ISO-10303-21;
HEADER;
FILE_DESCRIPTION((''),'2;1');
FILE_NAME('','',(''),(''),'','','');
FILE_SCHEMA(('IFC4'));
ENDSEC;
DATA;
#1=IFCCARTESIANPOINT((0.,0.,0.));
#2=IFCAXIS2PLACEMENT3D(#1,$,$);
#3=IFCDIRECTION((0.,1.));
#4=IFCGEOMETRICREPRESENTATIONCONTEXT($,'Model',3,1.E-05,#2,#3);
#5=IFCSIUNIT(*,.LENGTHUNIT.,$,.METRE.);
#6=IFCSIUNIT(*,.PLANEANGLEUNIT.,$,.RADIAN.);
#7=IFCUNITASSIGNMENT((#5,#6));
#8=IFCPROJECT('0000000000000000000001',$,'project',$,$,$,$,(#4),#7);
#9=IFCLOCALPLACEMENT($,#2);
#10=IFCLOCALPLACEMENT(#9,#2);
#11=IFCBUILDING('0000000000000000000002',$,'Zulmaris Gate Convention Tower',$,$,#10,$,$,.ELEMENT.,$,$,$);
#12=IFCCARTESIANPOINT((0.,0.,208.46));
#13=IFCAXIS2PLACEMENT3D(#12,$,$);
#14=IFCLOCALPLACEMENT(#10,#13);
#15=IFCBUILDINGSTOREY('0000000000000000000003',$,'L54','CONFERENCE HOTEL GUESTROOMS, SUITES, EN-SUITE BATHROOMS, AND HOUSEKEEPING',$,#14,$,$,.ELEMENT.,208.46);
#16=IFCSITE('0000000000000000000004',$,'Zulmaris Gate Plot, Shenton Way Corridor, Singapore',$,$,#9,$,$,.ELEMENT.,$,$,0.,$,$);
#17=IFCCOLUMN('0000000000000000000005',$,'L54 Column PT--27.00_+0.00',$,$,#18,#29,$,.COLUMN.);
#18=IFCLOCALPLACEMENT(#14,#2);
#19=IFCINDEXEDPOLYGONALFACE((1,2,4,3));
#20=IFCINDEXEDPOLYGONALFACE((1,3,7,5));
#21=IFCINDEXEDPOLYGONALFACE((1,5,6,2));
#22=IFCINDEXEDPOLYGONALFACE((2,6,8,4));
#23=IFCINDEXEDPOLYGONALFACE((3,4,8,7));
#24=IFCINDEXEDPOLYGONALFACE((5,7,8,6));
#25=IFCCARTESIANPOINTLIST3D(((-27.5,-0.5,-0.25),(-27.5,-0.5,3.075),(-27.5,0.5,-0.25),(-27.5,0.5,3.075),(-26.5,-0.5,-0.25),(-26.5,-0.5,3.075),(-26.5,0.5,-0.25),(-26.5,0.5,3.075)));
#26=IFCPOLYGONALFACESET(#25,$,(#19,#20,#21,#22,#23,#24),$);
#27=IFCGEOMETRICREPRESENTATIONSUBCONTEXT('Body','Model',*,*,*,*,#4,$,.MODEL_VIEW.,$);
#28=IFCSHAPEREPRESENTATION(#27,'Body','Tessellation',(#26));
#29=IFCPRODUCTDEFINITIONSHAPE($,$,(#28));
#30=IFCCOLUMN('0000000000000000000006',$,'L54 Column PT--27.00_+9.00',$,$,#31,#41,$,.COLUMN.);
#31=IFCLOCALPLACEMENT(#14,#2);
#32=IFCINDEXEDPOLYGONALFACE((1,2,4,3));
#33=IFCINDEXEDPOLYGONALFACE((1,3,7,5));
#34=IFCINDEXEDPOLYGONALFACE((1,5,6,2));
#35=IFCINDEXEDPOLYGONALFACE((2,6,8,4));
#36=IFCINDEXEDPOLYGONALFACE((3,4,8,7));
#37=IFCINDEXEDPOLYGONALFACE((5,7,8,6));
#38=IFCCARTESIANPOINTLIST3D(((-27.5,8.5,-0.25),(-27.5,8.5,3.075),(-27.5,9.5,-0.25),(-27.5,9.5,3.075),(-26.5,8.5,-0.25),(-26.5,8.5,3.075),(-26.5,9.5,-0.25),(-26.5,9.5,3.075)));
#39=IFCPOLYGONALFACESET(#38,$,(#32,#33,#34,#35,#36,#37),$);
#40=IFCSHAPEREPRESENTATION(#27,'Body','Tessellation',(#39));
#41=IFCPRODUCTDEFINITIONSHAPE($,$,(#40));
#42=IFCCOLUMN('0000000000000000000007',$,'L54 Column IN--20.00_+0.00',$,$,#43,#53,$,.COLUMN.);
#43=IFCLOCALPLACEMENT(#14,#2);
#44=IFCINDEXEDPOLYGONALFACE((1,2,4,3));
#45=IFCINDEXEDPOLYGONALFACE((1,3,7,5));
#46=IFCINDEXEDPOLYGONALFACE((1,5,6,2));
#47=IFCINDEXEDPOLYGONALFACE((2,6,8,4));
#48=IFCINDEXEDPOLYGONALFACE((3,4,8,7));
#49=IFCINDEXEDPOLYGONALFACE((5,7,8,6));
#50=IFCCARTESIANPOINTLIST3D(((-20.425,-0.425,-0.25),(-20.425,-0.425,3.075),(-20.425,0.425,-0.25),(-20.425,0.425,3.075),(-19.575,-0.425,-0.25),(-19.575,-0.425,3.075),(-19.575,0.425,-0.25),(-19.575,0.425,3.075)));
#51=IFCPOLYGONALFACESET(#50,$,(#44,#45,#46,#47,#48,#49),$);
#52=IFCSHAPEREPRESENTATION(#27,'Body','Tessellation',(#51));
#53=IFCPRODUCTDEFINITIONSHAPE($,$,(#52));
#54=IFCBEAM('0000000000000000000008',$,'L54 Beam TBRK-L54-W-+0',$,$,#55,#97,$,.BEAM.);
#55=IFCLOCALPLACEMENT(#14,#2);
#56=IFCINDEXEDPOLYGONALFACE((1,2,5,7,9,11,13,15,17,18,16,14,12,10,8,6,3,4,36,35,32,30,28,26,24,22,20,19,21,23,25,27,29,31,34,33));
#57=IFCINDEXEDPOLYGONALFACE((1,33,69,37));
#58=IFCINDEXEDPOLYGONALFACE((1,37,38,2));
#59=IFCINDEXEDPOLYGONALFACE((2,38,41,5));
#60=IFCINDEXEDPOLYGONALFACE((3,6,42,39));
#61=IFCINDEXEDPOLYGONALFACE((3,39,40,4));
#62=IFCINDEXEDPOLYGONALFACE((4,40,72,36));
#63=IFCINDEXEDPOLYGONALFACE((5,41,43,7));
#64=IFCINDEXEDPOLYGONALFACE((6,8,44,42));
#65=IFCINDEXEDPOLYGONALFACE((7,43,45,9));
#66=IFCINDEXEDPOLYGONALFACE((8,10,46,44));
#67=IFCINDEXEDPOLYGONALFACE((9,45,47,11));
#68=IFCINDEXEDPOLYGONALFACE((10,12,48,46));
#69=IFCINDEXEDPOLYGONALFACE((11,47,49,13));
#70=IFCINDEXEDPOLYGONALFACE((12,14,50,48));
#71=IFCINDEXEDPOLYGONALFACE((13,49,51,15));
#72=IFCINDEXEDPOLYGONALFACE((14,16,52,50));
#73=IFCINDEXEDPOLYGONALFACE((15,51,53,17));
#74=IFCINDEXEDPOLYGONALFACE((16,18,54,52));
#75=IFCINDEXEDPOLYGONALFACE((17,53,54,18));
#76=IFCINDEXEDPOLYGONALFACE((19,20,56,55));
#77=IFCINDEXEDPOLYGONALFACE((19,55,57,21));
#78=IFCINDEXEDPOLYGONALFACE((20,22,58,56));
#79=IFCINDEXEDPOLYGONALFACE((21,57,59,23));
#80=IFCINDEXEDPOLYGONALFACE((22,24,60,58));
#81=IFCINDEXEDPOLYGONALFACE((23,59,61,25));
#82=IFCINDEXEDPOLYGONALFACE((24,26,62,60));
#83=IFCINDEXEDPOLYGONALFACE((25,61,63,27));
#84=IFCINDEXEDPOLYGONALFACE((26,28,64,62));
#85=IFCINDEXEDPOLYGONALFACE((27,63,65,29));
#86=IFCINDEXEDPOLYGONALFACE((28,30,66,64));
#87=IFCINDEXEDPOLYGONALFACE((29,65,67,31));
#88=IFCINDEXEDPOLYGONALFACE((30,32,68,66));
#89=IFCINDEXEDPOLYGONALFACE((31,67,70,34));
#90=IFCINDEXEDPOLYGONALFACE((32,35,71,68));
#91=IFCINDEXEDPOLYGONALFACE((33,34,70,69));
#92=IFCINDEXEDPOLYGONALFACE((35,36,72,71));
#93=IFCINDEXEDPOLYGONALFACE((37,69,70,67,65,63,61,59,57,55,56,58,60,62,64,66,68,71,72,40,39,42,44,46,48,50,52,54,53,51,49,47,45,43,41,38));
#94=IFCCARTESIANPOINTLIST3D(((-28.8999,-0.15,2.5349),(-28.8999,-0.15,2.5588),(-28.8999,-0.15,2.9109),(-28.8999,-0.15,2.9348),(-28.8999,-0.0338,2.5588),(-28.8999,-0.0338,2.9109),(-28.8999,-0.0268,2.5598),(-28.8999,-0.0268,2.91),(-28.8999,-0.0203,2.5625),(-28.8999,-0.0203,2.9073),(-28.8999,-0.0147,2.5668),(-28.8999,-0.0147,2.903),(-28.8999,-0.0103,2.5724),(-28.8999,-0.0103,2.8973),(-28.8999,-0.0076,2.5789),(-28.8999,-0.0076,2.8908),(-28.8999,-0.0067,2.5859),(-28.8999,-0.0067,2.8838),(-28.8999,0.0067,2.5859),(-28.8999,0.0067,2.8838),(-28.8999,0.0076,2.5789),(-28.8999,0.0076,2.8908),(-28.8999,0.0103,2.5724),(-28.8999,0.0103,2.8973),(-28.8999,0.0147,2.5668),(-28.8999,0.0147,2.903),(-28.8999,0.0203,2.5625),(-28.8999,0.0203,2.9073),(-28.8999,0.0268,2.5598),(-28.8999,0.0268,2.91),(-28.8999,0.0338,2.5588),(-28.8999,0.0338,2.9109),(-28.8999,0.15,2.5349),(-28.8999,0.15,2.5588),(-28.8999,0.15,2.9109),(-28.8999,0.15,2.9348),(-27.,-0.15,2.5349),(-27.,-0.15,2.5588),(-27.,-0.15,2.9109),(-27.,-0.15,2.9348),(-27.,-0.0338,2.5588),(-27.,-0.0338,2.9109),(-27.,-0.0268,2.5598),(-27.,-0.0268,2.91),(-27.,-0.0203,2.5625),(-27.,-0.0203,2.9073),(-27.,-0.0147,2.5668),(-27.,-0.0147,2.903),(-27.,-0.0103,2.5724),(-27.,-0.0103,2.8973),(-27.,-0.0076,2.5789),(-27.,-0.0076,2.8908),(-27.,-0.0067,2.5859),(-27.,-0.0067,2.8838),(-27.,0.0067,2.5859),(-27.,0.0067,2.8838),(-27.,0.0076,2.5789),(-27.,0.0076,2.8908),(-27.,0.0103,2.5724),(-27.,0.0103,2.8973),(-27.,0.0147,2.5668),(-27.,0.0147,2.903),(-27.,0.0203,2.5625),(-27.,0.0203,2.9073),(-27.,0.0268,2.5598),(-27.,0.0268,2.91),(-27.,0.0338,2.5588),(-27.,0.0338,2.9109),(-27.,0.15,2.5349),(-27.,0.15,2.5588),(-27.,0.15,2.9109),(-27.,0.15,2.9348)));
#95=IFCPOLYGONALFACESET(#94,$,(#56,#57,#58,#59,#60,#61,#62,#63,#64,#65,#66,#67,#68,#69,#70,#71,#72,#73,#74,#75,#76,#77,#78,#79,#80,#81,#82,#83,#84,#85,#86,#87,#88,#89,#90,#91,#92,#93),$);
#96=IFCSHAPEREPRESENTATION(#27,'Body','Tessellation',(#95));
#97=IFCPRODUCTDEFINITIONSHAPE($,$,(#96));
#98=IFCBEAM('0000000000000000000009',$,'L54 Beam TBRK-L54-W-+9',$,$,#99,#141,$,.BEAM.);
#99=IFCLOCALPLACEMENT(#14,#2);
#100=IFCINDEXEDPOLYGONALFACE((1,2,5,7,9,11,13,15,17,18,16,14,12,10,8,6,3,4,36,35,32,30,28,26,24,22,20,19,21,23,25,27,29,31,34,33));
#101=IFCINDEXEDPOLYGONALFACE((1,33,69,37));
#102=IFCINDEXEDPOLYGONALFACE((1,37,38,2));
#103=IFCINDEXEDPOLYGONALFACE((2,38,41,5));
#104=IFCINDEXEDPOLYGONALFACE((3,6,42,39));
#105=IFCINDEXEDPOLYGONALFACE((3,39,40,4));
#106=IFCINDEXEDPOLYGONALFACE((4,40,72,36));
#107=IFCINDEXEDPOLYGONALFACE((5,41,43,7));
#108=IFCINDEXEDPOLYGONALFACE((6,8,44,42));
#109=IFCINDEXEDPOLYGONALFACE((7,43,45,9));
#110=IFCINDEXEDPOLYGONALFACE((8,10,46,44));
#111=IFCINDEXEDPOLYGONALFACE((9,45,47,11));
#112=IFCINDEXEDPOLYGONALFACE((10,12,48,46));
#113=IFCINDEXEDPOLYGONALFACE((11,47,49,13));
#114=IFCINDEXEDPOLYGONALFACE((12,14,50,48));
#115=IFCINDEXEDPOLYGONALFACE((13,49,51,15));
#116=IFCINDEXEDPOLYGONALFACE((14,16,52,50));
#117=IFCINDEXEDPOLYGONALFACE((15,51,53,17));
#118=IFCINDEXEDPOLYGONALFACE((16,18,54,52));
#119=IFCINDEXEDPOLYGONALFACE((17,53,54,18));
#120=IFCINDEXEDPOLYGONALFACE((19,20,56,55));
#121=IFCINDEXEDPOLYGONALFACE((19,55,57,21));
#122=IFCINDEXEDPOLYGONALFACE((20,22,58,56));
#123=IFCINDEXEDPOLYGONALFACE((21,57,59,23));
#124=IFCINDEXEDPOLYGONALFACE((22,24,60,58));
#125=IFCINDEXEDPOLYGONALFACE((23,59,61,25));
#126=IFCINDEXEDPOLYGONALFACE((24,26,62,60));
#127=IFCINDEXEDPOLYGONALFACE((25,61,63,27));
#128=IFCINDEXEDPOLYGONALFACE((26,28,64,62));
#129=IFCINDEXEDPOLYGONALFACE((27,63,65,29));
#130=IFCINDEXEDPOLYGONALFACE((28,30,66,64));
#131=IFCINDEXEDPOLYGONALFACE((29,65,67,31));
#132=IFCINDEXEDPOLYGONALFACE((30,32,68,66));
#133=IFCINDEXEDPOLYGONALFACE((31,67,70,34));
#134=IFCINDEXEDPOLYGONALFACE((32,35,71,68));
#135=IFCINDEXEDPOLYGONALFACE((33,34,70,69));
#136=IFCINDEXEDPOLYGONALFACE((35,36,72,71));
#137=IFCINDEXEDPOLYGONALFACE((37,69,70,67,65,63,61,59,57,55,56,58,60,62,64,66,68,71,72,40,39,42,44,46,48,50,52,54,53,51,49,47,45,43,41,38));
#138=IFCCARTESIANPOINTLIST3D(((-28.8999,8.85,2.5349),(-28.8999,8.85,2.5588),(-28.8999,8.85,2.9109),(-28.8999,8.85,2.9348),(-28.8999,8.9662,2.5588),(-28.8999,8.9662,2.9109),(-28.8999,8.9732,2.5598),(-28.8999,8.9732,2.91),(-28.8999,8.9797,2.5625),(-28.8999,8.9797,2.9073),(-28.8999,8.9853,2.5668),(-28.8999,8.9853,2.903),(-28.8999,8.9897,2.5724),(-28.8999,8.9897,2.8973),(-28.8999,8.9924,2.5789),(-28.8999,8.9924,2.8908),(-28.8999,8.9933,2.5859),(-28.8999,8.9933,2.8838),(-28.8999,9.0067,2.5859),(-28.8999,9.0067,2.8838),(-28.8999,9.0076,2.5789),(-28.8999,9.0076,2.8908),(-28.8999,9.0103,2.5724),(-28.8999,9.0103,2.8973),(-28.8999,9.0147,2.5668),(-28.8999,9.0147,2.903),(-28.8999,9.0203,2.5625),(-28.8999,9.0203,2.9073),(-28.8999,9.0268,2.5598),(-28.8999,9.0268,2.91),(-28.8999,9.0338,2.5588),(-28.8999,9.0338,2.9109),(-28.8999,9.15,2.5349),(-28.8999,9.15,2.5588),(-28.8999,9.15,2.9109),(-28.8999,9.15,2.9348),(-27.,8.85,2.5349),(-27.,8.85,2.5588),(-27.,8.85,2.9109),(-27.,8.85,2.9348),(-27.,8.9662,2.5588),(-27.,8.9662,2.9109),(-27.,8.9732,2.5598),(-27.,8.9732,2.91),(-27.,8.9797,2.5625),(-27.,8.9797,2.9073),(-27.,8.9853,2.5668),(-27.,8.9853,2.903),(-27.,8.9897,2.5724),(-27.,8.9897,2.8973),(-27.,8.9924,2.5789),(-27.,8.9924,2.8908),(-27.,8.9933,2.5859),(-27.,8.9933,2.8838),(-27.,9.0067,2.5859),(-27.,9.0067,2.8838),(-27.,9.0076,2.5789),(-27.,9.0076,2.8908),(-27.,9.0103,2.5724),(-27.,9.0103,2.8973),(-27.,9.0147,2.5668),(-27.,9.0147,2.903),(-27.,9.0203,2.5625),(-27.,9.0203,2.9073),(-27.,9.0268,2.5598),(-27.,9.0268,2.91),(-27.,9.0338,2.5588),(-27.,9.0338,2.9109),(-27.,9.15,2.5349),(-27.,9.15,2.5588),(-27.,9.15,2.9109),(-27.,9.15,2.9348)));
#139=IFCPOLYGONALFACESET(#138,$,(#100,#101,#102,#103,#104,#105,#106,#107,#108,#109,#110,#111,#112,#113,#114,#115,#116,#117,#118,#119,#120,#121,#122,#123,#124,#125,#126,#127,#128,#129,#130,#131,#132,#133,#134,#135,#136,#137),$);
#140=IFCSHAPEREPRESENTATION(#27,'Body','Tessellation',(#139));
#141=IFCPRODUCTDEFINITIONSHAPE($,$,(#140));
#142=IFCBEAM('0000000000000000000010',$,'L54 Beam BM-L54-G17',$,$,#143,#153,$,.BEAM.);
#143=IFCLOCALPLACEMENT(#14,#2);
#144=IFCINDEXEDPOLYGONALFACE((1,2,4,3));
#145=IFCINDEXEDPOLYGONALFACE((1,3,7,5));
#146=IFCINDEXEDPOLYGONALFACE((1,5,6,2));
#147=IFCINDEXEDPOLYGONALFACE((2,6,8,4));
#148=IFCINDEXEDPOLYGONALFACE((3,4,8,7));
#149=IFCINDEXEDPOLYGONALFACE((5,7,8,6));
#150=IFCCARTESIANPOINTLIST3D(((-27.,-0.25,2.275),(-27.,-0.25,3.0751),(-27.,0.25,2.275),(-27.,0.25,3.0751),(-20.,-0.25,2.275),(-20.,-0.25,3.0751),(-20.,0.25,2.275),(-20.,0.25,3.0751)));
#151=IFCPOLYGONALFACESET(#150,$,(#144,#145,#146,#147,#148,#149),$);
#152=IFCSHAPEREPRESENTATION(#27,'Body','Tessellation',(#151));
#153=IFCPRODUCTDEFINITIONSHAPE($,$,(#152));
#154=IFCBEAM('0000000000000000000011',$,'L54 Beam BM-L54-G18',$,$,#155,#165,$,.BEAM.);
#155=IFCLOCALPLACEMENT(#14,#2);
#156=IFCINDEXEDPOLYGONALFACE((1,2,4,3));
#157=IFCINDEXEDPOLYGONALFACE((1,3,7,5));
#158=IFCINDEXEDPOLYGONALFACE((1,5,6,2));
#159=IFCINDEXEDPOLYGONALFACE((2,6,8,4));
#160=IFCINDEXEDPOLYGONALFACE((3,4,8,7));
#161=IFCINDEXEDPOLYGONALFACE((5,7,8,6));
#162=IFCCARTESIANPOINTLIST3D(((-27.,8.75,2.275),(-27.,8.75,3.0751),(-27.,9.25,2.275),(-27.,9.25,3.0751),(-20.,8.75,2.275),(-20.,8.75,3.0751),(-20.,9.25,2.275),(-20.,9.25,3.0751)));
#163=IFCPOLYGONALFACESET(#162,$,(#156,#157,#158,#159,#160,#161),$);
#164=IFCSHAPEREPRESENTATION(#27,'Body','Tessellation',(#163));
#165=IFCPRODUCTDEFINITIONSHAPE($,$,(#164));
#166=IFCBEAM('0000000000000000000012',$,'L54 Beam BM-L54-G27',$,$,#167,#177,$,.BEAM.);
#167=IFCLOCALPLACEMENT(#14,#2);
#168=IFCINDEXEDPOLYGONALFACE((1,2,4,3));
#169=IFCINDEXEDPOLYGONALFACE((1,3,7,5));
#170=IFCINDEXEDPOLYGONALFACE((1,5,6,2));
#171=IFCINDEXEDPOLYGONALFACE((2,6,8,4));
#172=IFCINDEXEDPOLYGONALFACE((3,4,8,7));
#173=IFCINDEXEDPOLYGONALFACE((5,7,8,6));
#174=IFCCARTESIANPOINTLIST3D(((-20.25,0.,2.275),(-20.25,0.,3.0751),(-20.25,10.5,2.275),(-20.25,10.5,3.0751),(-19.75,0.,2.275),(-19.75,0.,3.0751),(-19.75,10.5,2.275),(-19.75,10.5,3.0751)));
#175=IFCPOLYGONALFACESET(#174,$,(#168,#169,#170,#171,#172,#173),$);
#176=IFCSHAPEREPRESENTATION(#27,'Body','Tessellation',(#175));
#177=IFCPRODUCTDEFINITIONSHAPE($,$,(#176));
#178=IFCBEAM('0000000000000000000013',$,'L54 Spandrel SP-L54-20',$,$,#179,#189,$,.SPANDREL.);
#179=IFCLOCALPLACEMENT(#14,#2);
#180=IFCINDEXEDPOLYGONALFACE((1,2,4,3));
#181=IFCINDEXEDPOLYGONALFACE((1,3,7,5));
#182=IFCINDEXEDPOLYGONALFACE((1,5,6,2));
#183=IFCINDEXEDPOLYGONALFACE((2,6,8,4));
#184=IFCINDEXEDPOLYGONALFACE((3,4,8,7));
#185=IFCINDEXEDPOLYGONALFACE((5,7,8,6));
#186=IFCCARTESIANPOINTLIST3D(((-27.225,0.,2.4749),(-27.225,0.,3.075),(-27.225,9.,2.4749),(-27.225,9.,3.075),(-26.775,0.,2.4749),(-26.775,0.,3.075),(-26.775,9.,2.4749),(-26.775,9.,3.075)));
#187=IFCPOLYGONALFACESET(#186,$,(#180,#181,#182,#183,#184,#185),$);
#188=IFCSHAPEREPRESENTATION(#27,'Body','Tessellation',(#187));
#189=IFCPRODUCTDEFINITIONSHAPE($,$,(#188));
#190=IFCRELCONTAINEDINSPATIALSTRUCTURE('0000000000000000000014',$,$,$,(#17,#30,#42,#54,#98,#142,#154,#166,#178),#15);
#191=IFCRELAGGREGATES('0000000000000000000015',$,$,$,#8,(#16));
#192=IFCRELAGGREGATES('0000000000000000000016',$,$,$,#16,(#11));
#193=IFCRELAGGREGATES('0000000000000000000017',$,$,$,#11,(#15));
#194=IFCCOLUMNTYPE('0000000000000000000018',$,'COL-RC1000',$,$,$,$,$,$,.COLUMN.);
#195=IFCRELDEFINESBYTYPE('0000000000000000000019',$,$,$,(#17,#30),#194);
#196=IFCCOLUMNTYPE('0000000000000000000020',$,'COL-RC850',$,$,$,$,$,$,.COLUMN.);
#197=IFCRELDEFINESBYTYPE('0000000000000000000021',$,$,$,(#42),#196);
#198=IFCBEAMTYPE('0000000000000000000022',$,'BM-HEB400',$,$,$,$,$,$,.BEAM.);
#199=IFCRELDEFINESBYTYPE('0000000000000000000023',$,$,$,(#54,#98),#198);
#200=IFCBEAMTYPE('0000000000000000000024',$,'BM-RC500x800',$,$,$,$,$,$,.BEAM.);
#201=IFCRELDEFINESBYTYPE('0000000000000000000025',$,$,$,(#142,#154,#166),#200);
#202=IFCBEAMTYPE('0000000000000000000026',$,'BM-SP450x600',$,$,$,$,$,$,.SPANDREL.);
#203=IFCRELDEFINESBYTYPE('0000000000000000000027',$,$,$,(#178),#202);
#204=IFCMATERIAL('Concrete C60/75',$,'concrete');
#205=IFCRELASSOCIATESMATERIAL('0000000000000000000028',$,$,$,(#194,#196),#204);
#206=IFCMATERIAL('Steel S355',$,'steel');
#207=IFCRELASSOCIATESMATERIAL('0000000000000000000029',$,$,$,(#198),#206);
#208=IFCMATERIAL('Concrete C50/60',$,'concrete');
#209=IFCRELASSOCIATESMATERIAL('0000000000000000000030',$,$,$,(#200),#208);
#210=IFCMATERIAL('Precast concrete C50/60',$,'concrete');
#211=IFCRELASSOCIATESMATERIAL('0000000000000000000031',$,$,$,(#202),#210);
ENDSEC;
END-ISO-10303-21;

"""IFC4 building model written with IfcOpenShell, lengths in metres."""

from ifc_helpers import new_model, si_unit, direction, frame, origin, origin_2d, place, context, subcontext, project, spatial, rectangle, i_section, extrude, material, material_profile, profile_set, type_object, element, save


model = new_model("IFC4")

# Units and contexts
model_context = context("Model", 3, precision=1e-05, world=origin(), true_north=direction((0.0, 1.0)))
body_context = subcontext(model_context, "Body", "Model", "MODEL_VIEW")
ifc_project = project(units=[si_unit("LENGTHUNIT", "METRE"), si_unit("PLANEANGLEUNIT", "RADIAN")], contexts=[model_context])

# Site, building, storey
site_placement = place(None, origin())
site = spatial("IfcSite", under=ifc_project, at=site_placement, Name="Zulmaris Gate Plot, Shenton Way Corridor, Singapore", CompositionType="ELEMENT", RefElevation=0.0)
building_placement = place(site_placement, origin())
building = spatial("IfcBuilding", under=site, at=building_placement, Name="Zulmaris Gate Convention Tower", CompositionType="ELEMENT")
storey_placement = place(building_placement, frame((0.0, 0.0, 208.46)))
storey = spatial("IfcBuildingStorey", under=building, at=storey_placement, Name="L54", Description="CONFERENCE HOTEL GUESTROOMS, SUITES, EN-SUITE BATHROOMS, AND HOUSEKEEPING", CompositionType="ELEMENT", Elevation=208.46)

# Columns
ifc_material_1 = material(Name="Concrete C60/75", Category="concrete")
ifc_material_profile_1 = material_profile(ifc_material_1, rectangle(XDim=1.0, YDim=1.0, at=origin_2d()), Name="RC COL 1000x1000")
ifc_profile_set_1 = profile_set([ifc_material_profile_1], Name="Concrete C60/75")
column_type_1 = type_object("IfcColumnType", Name="COL-RC1000", PredefinedType="COLUMN", material=ifc_profile_set_1)
for number, where, z_axis, x_axis, name in (
    (1, (-27.0, 0.0, -0.25), (0.0, 0.0, 1.0), (1.0, 0.0, 0.0), "L54 Column PT--27.00_+0.00"),
    (2, (-27.0, 9.0, -0.25), (0.0, 0.0, 1.0), (1.0, 0.0, 0.0), "L54 Column PT--27.00_+9.00"),
):
    element("IfcColumn", number, at=place(storey_placement, frame(where, z_axis=z_axis, x_axis=x_axis)), inside=storey, type_object=column_type_1, Name=name, PredefinedType="COLUMN", context=body_context, shape_type="SweptSolid", body=[
        extrude(rectangle(XDim=1.0, YDim=1.0, at=origin_2d()), origin(), (0.0, 0.0, 1.0), 3.325),
    ])
ifc_material_profile_2 = material_profile(ifc_material_1, rectangle(XDim=0.8501, YDim=0.8501, at=origin_2d()), Name="RC COL 850x850")
ifc_profile_set_2 = profile_set([ifc_material_profile_2], Name="Concrete C60/75")
column_type_2 = type_object("IfcColumnType", Name="COL-RC850", PredefinedType="COLUMN", material=ifc_profile_set_2)
column_placement = place(storey_placement, frame((-20.0, 0.0, -0.25), z_axis=(0.0, 0.0, 1.0), x_axis=(1.0, 0.0, 0.0)))
element("IfcColumn", 3, at=column_placement, inside=storey, type_object=column_type_2, Name="L54 Column IN--20.00_+0.00", PredefinedType="COLUMN", context=body_context, shape_type="SweptSolid", body=[
    extrude(rectangle(XDim=0.8501, YDim=0.8501, at=origin_2d()), origin(), (0.0, 0.0, 1.0), 3.325),
])

# Beams
ifc_material_2 = material(Name="Steel S355", Category="steel")
ifc_material_profile_3 = material_profile(ifc_material_2, i_section(OverallWidth=0.3, OverallDepth=0.3999, WebThickness=0.0134, FlangeThickness=0.0239, FilletRadius=0.0271, at=origin_2d()), Name="HEB 400")
ifc_profile_set_3 = profile_set([ifc_material_profile_3], Name="Steel S355")
beam_type_1 = type_object("IfcBeamType", Name="BM-HEB400", PredefinedType="BEAM", material=ifc_profile_set_3)
for number, where, z_axis, x_axis, name in (
    (4, (-28.8999, 0.0, 2.7349), (1.0, 0.0, 0.0), (0.0, 1.0, 0.0), "L54 Beam TBRK-L54-W-+0"),
    (5, (-28.8999, 9.0, 2.7349), (1.0, 0.0, 0.0), (0.0, 1.0, 0.0), "L54 Beam TBRK-L54-W-+9"),
):
    element("IfcBeam", number, at=place(storey_placement, frame(where, z_axis=z_axis, x_axis=x_axis)), inside=storey, type_object=beam_type_1, Name=name, PredefinedType="BEAM", context=body_context, shape_type="SweptSolid", body=[
        extrude(i_section(OverallWidth=0.3, OverallDepth=0.3999, WebThickness=0.0134, FlangeThickness=0.0239, FilletRadius=0.0271, at=origin_2d()), origin(), (0.0, 0.0, 1.0), 1.8999),
    ])
ifc_material_3 = material(Name="Concrete C50/60", Category="concrete")
ifc_material_profile_4 = material_profile(ifc_material_3, rectangle(XDim=0.5, YDim=0.8, at=origin_2d()), Name="RC BEAM 500x800")
ifc_profile_set_4 = profile_set([ifc_material_profile_4], Name="Concrete C50/60")
beam_type_2 = type_object("IfcBeamType", Name="BM-RC500x800", PredefinedType="BEAM", material=ifc_profile_set_4)
for number, where, z_axis, x_axis, name in (
    (6, (-27.0, 0.0, 2.675), (1.0, 0.0, 0.0), (0.0, 1.0, 0.0), "L54 Beam BM-L54-G17"),
    (7, (-27.0, 9.0, 2.675), (1.0, 0.0, 0.0), (0.0, 1.0, 0.0), "L54 Beam BM-L54-G18"),
):
    element("IfcBeam", number, at=place(storey_placement, frame(where, z_axis=z_axis, x_axis=x_axis)), inside=storey, type_object=beam_type_2, Name=name, PredefinedType="BEAM", context=body_context, shape_type="SweptSolid", body=[
        extrude(rectangle(XDim=0.5, YDim=0.8, at=origin_2d()), origin(), (0.0, 0.0, 1.0), 7.0),
    ])
beam_placement = place(storey_placement, frame((-20.0, 0.0, 2.675), z_axis=(0.0, 1.0, 0.0), x_axis=(-1.0, 0.0, 0.0)))
element("IfcBeam", 8, at=beam_placement, inside=storey, type_object=beam_type_2, Name="L54 Beam BM-L54-G27", PredefinedType="BEAM", context=body_context, shape_type="SweptSolid", body=[
    extrude(rectangle(XDim=0.5, YDim=0.8, at=origin_2d()), origin(), (0.0, 0.0, 1.0), 10.5),
])
ifc_material_4 = material(Name="Precast concrete C50/60", Category="concrete")
ifc_material_profile_5 = material_profile(ifc_material_4, rectangle(XDim=0.45, YDim=0.6001, at=origin_2d()), Name="RC SPANDREL 450x600")
ifc_profile_set_5 = profile_set([ifc_material_profile_5], Name="Precast concrete C50/60")
beam_type_3 = type_object("IfcBeamType", Name="BM-SP450x600", PredefinedType="SPANDREL", material=ifc_profile_set_5)
for number, where, z_axis, x_axis, name in (
    (9, (-27.0, 9.0, 2.7749), (0.0, -1.0, 0.0), (1.0, 0.0, 0.0), "L54 Spandrel SP-L54-20"),
):
    element("IfcBeam", number, at=place(storey_placement, frame(where, z_axis=z_axis, x_axis=x_axis)), inside=storey, type_object=beam_type_3, Name=name, PredefinedType="SPANDREL", context=body_context, shape_type="SweptSolid", body=[
        extrude(rectangle(XDim=0.45, YDim=0.6001, at=origin_2d()), origin(), (0.0, 0.0, 1.0), 9.0),
    ])

save(model, "model.ifc")
